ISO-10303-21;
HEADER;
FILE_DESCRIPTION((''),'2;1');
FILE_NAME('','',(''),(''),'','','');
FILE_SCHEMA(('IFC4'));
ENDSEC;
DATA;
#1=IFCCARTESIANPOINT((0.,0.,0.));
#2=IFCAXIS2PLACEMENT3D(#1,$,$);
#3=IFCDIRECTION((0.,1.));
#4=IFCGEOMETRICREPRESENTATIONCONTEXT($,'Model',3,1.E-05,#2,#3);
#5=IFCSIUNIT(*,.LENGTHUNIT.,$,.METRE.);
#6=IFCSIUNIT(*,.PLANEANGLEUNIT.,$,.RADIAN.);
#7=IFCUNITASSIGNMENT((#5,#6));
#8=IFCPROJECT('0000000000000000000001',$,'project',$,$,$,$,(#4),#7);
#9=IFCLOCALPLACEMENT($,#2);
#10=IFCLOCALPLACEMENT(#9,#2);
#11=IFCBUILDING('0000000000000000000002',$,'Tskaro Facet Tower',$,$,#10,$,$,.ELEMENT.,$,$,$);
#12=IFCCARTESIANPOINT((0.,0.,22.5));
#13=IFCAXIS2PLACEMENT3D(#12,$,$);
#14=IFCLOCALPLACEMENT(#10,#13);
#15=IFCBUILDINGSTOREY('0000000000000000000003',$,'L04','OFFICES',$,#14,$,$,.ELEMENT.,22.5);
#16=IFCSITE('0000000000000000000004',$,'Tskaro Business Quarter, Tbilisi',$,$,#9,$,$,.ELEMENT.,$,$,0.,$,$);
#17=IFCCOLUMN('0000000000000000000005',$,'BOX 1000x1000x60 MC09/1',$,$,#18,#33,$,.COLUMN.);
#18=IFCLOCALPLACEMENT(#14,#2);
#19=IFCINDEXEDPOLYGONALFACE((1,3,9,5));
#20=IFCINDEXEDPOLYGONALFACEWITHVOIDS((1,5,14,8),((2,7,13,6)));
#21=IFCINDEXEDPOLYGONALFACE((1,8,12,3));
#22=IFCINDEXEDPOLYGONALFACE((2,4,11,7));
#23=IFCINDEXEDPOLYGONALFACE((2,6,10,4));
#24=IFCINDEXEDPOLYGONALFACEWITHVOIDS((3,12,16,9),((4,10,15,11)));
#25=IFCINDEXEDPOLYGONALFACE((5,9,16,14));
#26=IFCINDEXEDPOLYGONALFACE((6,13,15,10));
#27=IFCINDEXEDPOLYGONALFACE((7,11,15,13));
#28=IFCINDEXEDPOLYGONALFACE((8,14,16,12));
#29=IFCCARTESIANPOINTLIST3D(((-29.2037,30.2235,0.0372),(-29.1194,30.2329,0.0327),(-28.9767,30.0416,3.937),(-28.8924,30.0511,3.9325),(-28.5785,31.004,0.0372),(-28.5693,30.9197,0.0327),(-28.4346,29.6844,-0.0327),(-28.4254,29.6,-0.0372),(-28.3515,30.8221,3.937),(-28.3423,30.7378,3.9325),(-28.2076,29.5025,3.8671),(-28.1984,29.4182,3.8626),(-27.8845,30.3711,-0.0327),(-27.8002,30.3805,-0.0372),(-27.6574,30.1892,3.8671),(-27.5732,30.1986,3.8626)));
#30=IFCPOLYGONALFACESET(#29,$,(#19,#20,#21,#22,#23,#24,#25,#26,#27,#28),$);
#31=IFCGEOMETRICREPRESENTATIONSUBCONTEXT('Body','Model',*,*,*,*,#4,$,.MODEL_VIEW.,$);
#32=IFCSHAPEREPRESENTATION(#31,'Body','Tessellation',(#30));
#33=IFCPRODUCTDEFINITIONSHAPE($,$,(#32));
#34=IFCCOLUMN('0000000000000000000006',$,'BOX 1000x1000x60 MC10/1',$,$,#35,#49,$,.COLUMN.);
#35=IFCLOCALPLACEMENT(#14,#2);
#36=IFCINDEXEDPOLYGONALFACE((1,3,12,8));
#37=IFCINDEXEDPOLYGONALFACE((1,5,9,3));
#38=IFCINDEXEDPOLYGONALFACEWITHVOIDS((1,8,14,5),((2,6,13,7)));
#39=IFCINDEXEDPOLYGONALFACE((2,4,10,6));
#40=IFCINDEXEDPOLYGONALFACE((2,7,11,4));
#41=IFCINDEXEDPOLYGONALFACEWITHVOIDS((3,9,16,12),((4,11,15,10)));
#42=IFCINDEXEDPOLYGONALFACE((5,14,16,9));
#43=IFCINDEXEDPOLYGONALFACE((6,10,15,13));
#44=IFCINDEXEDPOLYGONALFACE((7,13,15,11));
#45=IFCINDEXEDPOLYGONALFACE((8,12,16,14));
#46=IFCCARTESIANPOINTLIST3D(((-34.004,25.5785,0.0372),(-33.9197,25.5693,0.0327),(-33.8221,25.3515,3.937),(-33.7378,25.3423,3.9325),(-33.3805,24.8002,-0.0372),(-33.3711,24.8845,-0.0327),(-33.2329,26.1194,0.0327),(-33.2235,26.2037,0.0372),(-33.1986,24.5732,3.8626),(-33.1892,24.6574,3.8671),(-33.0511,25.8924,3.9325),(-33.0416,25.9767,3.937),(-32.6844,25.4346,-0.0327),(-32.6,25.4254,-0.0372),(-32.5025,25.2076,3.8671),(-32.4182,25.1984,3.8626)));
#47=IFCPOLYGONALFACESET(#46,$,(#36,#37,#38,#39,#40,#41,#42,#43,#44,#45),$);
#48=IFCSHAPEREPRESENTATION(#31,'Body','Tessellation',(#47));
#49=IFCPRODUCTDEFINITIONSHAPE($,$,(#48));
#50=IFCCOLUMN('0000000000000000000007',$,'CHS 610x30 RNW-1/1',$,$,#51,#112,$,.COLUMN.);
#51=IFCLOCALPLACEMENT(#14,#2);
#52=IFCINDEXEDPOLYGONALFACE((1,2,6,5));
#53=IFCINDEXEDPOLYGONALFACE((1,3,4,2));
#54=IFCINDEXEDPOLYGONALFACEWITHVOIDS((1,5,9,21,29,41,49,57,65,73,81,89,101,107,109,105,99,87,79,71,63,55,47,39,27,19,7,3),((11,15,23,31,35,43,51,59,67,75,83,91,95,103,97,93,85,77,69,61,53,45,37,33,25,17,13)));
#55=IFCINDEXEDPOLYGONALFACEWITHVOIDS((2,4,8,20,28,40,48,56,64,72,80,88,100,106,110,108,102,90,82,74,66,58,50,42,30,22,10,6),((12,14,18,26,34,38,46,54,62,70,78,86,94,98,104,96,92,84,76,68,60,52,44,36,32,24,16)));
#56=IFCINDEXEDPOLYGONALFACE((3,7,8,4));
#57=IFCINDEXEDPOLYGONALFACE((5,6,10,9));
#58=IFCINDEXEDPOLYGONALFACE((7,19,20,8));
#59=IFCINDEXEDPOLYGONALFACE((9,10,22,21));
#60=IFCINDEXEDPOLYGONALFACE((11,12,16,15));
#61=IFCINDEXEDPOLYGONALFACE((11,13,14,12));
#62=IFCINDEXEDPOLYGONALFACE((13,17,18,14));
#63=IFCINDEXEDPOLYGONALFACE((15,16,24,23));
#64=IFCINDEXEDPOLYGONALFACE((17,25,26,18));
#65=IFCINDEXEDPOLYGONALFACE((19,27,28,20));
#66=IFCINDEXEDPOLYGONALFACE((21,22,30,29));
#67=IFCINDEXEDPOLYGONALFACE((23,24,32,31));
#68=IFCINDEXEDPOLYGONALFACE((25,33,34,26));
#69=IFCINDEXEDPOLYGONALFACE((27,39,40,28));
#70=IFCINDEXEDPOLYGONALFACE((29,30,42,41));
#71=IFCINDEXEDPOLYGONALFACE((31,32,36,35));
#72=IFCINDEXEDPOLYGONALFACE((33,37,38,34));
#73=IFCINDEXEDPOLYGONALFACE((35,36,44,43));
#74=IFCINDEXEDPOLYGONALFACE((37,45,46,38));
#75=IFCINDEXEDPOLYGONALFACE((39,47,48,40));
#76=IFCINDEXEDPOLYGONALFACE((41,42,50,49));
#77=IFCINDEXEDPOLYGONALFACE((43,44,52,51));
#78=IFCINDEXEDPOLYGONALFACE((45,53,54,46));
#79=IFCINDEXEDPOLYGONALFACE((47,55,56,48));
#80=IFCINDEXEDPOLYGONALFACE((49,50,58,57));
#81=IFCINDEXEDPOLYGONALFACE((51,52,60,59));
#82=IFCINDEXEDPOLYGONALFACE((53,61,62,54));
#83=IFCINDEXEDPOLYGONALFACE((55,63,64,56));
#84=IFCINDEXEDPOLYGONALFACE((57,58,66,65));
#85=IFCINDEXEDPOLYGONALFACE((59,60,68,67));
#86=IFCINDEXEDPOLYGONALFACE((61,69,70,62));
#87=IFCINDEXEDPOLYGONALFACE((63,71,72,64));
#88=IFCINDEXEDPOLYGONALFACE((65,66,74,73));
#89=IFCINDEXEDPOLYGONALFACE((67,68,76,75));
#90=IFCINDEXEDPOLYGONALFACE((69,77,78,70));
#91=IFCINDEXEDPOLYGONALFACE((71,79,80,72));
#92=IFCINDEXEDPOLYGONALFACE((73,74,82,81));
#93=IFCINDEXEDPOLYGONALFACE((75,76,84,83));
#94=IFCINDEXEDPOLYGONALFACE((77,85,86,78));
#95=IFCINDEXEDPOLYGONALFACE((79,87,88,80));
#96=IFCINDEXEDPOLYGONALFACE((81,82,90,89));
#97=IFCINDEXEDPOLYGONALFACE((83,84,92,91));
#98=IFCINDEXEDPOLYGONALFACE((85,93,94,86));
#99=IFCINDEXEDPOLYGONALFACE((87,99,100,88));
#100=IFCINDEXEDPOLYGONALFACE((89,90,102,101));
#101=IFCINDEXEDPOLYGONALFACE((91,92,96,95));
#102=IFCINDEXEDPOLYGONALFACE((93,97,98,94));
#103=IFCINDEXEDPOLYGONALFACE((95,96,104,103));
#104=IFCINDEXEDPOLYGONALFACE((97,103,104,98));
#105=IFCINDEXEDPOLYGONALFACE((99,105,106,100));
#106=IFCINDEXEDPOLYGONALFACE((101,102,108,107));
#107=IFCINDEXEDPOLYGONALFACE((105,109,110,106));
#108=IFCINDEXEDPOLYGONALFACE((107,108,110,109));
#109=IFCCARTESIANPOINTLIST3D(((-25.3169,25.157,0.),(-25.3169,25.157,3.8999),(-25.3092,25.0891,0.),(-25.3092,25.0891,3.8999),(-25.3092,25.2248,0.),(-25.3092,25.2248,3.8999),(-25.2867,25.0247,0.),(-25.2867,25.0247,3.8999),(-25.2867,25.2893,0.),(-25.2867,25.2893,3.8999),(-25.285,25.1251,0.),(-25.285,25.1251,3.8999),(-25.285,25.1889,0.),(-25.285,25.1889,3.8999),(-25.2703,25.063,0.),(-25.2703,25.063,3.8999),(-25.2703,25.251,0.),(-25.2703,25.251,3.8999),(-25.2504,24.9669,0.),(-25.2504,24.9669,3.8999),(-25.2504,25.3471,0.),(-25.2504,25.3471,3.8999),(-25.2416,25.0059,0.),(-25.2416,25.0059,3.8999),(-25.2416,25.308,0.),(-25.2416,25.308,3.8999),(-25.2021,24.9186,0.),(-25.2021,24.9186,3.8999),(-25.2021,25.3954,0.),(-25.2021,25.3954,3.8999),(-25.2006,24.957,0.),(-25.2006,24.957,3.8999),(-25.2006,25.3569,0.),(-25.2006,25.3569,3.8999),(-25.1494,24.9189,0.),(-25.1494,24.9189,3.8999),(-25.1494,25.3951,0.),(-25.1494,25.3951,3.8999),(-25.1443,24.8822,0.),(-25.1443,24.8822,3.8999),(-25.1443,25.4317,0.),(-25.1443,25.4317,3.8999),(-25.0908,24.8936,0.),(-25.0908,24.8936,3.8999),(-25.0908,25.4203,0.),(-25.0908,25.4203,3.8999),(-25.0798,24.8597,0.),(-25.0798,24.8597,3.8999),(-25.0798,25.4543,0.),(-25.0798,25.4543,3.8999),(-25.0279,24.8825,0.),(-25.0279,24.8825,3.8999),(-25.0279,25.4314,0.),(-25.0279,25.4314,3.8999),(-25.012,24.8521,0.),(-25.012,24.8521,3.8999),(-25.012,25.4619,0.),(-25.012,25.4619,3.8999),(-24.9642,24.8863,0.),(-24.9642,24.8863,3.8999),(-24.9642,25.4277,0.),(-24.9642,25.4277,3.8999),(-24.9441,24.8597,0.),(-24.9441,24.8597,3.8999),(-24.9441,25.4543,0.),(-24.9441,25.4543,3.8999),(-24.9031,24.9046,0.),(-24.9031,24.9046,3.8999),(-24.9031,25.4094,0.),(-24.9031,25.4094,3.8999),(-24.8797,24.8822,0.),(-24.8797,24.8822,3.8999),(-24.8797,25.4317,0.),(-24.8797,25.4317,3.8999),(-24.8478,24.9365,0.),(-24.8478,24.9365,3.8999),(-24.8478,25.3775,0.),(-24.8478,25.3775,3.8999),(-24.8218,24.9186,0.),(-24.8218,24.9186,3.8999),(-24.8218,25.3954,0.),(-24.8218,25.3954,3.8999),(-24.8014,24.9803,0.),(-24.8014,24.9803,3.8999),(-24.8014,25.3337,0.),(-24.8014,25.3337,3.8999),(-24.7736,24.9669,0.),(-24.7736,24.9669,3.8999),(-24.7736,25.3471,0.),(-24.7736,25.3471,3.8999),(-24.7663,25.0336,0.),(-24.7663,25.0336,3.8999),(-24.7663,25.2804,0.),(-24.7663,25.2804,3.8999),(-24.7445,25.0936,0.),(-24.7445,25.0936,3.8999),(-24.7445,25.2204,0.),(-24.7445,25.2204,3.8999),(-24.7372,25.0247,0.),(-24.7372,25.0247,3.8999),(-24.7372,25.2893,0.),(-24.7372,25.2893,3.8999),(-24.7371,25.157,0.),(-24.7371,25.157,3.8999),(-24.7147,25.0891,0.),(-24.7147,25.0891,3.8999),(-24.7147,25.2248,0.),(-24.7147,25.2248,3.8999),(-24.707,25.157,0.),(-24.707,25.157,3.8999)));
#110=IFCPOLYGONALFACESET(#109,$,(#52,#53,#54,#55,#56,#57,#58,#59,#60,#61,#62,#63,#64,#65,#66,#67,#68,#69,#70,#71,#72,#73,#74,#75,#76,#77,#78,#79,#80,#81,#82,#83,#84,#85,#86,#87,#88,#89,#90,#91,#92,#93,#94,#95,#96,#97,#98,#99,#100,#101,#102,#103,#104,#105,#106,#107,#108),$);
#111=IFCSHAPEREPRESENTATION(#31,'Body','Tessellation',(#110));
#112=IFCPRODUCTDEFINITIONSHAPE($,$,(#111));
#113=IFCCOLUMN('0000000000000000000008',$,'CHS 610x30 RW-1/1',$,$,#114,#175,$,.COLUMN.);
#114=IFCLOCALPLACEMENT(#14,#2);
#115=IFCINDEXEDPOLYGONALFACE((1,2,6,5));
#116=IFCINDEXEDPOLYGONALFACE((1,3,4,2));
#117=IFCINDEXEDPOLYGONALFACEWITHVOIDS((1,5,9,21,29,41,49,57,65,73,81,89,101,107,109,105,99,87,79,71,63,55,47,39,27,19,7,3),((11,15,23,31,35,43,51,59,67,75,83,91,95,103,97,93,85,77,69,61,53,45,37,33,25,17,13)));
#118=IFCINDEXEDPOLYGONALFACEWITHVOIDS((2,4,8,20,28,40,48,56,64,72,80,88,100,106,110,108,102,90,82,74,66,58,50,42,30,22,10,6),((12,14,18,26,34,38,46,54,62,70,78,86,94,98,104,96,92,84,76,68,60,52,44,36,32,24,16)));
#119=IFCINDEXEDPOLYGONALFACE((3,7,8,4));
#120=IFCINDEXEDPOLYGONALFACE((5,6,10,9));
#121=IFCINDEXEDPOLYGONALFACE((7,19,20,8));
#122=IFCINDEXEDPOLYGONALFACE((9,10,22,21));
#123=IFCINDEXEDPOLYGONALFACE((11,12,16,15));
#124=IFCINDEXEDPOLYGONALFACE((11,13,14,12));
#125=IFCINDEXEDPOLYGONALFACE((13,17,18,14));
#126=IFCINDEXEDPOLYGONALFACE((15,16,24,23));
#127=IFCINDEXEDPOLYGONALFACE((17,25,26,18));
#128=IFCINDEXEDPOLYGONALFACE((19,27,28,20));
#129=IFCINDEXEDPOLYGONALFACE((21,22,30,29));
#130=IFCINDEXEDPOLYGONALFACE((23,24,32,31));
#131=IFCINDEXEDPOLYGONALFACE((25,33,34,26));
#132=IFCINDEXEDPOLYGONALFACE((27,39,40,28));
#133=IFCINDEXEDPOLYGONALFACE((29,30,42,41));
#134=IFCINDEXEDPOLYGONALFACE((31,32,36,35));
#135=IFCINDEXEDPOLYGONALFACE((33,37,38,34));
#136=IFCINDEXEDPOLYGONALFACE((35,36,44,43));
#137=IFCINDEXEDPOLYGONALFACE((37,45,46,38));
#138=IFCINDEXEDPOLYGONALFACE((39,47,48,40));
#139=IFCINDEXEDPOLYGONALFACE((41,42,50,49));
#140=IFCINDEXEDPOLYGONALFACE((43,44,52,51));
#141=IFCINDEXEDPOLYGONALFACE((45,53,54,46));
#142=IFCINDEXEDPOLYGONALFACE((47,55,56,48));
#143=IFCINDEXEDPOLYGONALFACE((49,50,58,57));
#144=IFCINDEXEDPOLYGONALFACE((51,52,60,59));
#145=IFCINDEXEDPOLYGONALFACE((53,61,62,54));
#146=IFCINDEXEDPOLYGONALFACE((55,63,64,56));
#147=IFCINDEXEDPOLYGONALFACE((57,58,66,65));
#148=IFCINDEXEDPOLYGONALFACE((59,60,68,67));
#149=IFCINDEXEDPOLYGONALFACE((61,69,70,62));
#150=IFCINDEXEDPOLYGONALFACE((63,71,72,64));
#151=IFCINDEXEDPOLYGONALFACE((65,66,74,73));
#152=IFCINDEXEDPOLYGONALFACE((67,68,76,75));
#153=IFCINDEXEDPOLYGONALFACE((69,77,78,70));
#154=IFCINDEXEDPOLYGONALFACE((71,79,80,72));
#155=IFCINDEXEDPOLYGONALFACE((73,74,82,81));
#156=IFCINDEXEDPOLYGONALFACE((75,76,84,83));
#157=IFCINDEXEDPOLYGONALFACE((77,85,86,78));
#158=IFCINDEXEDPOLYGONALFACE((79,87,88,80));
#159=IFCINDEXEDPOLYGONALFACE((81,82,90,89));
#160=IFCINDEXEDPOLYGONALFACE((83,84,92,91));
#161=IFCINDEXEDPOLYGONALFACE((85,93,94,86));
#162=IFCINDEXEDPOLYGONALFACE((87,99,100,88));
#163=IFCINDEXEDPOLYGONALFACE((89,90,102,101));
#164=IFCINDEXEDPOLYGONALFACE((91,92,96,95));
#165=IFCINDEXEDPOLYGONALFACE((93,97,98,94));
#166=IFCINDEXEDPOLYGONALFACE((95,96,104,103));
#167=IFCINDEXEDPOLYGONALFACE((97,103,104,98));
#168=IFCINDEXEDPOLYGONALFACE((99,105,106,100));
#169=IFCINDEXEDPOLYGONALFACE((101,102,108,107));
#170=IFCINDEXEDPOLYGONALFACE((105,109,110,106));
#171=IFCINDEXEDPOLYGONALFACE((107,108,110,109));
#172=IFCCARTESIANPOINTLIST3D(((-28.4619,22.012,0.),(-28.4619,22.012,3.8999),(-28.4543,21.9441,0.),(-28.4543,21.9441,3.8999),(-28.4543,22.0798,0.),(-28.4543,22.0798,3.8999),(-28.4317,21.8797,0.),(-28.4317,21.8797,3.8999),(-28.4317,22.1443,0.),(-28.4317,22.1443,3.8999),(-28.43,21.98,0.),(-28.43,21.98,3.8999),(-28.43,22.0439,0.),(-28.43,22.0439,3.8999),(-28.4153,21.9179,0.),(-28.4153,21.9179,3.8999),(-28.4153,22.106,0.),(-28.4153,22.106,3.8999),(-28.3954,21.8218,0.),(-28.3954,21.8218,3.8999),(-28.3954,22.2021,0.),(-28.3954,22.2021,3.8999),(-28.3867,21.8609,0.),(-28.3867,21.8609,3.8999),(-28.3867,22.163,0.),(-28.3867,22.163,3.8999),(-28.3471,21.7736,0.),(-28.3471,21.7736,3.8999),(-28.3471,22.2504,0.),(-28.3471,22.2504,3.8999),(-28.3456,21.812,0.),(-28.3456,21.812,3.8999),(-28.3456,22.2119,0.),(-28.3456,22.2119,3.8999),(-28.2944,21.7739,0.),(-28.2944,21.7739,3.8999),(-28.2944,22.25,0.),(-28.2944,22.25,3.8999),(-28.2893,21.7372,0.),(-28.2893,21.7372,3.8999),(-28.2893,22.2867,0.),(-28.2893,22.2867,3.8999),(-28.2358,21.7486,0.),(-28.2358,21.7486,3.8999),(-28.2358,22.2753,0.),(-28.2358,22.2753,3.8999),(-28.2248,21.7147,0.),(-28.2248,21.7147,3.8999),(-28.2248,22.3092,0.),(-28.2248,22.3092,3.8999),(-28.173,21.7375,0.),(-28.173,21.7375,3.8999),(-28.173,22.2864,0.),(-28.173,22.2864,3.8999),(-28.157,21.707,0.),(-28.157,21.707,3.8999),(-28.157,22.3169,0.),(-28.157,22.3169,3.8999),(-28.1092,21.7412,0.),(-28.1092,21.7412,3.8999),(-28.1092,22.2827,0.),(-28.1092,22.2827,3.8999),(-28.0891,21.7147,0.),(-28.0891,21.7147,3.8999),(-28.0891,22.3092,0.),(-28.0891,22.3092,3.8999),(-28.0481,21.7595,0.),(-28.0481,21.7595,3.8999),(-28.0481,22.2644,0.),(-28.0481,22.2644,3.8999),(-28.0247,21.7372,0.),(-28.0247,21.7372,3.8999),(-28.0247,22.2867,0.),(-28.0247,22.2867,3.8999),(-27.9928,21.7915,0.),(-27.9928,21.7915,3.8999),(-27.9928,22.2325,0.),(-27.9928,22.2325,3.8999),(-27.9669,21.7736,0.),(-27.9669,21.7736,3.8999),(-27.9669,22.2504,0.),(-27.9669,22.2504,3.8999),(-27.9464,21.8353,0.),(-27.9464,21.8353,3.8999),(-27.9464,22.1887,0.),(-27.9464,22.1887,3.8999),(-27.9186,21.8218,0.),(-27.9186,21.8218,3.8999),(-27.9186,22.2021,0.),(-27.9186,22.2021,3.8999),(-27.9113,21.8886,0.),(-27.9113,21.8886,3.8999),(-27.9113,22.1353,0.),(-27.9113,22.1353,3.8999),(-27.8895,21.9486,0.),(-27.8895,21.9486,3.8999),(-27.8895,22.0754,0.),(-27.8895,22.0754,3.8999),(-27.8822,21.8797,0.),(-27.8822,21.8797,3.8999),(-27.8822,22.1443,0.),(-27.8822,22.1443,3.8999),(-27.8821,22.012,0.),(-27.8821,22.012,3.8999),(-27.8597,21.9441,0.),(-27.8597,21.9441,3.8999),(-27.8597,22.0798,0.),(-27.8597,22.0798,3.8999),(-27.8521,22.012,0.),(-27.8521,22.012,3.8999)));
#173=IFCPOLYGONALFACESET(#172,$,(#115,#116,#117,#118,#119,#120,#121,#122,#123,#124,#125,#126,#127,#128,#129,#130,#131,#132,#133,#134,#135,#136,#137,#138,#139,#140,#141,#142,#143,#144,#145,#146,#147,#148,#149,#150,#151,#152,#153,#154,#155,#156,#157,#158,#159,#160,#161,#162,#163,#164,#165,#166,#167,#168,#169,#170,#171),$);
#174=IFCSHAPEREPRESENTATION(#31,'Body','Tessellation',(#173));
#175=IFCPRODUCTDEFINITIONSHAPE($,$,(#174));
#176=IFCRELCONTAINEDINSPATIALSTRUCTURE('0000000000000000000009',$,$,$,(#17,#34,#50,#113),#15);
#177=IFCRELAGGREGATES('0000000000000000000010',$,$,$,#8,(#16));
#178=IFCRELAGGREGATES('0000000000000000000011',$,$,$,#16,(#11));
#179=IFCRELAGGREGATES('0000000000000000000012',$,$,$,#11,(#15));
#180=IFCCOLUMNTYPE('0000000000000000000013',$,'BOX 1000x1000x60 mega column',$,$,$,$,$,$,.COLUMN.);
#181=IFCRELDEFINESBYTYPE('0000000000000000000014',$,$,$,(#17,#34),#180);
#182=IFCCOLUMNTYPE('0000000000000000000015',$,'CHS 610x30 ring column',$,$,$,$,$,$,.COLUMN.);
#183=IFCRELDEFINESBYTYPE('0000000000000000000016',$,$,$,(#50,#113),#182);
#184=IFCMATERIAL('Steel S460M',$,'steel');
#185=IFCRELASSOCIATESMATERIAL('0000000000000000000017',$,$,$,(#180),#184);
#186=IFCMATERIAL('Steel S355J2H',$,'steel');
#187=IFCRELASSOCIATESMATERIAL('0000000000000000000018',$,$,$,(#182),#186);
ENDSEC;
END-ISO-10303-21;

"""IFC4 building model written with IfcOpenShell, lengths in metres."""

from ifc_helpers import new_model, si_unit, direction, frame, origin, origin_2d, place, context, subcontext, project, spatial, hollow_rectangle, hollow_circle, extrude, material, material_profile, profile_set, type_object, element, save


model = new_model("IFC4")

# Units and contexts
model_context = context("Model", 3, precision=1e-05, world=origin(), true_north=direction((0.0, 1.0)))
body_context = subcontext(model_context, "Body", "Model", "MODEL_VIEW")
ifc_project = project(units=[si_unit("LENGTHUNIT", "METRE"), si_unit("PLANEANGLEUNIT", "RADIAN")], contexts=[model_context])

# Site, building, storey
site_placement = place(None, origin())
site = spatial("IfcSite", under=ifc_project, at=site_placement, Name="Tskaro Business Quarter, Tbilisi", CompositionType="ELEMENT", RefElevation=0.0)
building_placement = place(site_placement, origin())
building = spatial("IfcBuilding", under=site, at=building_placement, Name="Tskaro Facet Tower", CompositionType="ELEMENT")
storey_placement = place(building_placement, frame((0.0, 0.0, 22.5)))
storey = spatial("IfcBuildingStorey", under=building, at=storey_placement, Name="L04", Description="OFFICES", CompositionType="ELEMENT", Elevation=22.5)

# Columns
ifc_material_1 = material(Name="Steel S460M", Category="steel")
ifc_material_profile_1 = material_profile(ifc_material_1, hollow_rectangle(XDim=1.0, YDim=1.0, WallThickness=0.0601, at=origin_2d()), Name="BOX 1000x1000x60")
ifc_profile_set_1 = profile_set([ifc_material_profile_1], Name="Steel S460M")
column_type_1 = type_object("IfcColumnType", Name="BOX 1000x1000x60 mega column", PredefinedType="COLUMN", material=ifc_profile_set_1)
for number, where, z_axis, x_axis, name in (
    (1, (-28.502, 30.302, 0.0), (0.058058, -0.046509, 0.997229), (0.625207, 0.780459, 0.0), "BOX 1000x1000x60 MC09/1"),
    (2, (-33.302, 25.502, 0.0), (0.046509, -0.058058, 0.997229), (0.780459, 0.625207, 0.0), "BOX 1000x1000x60 MC10/1"),
):
    element("IfcColumn", number, at=place(storey_placement, frame(where, z_axis=z_axis, x_axis=x_axis)), inside=storey, type_object=column_type_1, Name=name, PredefinedType="COLUMN", context=body_context, shape_type="SweptSolid", body=[
        extrude(hollow_rectangle(XDim=1.0, YDim=1.0, WallThickness=0.0601, at=origin_2d()), origin(), (0.0, 0.0, 1.0), 3.9106),
    ])
ifc_material_2 = material(Name="Steel S355J2H", Category="steel")
ifc_material_profile_2 = material_profile(ifc_material_2, hollow_circle(Radius=0.3049, WallThickness=0.03, at=origin_2d()), Name="CHS 610x30")
ifc_profile_set_2 = profile_set([ifc_material_profile_2], Name="Steel S355J2H")
column_type_2 = type_object("IfcColumnType", Name="CHS 610x30 ring column", PredefinedType="COLUMN", material=ifc_profile_set_2)
for number, where, z_axis, x_axis, name in (
    (3, (-25.012, 25.157, 0.0), (0.0, 0.0, 1.0), (1.0, 0.0, 0.0), "CHS 610x30 RNW-1/1"),
    (4, (-28.157, 22.012, 0.0), (0.0, 0.0, 1.0), (1.0, 0.0, 0.0), "CHS 610x30 RW-1/1"),
):
    element("IfcColumn", number, at=place(storey_placement, frame(where, z_axis=z_axis, x_axis=x_axis)), inside=storey, type_object=column_type_2, Name=name, PredefinedType="COLUMN", context=body_context, shape_type="SweptSolid", body=[
        extrude(hollow_circle(Radius=0.3049, WallThickness=0.03, at=origin_2d()), origin(), (0.0, 0.0, 1.0), 3.8999),
    ])

save(model, "model.ifc")
